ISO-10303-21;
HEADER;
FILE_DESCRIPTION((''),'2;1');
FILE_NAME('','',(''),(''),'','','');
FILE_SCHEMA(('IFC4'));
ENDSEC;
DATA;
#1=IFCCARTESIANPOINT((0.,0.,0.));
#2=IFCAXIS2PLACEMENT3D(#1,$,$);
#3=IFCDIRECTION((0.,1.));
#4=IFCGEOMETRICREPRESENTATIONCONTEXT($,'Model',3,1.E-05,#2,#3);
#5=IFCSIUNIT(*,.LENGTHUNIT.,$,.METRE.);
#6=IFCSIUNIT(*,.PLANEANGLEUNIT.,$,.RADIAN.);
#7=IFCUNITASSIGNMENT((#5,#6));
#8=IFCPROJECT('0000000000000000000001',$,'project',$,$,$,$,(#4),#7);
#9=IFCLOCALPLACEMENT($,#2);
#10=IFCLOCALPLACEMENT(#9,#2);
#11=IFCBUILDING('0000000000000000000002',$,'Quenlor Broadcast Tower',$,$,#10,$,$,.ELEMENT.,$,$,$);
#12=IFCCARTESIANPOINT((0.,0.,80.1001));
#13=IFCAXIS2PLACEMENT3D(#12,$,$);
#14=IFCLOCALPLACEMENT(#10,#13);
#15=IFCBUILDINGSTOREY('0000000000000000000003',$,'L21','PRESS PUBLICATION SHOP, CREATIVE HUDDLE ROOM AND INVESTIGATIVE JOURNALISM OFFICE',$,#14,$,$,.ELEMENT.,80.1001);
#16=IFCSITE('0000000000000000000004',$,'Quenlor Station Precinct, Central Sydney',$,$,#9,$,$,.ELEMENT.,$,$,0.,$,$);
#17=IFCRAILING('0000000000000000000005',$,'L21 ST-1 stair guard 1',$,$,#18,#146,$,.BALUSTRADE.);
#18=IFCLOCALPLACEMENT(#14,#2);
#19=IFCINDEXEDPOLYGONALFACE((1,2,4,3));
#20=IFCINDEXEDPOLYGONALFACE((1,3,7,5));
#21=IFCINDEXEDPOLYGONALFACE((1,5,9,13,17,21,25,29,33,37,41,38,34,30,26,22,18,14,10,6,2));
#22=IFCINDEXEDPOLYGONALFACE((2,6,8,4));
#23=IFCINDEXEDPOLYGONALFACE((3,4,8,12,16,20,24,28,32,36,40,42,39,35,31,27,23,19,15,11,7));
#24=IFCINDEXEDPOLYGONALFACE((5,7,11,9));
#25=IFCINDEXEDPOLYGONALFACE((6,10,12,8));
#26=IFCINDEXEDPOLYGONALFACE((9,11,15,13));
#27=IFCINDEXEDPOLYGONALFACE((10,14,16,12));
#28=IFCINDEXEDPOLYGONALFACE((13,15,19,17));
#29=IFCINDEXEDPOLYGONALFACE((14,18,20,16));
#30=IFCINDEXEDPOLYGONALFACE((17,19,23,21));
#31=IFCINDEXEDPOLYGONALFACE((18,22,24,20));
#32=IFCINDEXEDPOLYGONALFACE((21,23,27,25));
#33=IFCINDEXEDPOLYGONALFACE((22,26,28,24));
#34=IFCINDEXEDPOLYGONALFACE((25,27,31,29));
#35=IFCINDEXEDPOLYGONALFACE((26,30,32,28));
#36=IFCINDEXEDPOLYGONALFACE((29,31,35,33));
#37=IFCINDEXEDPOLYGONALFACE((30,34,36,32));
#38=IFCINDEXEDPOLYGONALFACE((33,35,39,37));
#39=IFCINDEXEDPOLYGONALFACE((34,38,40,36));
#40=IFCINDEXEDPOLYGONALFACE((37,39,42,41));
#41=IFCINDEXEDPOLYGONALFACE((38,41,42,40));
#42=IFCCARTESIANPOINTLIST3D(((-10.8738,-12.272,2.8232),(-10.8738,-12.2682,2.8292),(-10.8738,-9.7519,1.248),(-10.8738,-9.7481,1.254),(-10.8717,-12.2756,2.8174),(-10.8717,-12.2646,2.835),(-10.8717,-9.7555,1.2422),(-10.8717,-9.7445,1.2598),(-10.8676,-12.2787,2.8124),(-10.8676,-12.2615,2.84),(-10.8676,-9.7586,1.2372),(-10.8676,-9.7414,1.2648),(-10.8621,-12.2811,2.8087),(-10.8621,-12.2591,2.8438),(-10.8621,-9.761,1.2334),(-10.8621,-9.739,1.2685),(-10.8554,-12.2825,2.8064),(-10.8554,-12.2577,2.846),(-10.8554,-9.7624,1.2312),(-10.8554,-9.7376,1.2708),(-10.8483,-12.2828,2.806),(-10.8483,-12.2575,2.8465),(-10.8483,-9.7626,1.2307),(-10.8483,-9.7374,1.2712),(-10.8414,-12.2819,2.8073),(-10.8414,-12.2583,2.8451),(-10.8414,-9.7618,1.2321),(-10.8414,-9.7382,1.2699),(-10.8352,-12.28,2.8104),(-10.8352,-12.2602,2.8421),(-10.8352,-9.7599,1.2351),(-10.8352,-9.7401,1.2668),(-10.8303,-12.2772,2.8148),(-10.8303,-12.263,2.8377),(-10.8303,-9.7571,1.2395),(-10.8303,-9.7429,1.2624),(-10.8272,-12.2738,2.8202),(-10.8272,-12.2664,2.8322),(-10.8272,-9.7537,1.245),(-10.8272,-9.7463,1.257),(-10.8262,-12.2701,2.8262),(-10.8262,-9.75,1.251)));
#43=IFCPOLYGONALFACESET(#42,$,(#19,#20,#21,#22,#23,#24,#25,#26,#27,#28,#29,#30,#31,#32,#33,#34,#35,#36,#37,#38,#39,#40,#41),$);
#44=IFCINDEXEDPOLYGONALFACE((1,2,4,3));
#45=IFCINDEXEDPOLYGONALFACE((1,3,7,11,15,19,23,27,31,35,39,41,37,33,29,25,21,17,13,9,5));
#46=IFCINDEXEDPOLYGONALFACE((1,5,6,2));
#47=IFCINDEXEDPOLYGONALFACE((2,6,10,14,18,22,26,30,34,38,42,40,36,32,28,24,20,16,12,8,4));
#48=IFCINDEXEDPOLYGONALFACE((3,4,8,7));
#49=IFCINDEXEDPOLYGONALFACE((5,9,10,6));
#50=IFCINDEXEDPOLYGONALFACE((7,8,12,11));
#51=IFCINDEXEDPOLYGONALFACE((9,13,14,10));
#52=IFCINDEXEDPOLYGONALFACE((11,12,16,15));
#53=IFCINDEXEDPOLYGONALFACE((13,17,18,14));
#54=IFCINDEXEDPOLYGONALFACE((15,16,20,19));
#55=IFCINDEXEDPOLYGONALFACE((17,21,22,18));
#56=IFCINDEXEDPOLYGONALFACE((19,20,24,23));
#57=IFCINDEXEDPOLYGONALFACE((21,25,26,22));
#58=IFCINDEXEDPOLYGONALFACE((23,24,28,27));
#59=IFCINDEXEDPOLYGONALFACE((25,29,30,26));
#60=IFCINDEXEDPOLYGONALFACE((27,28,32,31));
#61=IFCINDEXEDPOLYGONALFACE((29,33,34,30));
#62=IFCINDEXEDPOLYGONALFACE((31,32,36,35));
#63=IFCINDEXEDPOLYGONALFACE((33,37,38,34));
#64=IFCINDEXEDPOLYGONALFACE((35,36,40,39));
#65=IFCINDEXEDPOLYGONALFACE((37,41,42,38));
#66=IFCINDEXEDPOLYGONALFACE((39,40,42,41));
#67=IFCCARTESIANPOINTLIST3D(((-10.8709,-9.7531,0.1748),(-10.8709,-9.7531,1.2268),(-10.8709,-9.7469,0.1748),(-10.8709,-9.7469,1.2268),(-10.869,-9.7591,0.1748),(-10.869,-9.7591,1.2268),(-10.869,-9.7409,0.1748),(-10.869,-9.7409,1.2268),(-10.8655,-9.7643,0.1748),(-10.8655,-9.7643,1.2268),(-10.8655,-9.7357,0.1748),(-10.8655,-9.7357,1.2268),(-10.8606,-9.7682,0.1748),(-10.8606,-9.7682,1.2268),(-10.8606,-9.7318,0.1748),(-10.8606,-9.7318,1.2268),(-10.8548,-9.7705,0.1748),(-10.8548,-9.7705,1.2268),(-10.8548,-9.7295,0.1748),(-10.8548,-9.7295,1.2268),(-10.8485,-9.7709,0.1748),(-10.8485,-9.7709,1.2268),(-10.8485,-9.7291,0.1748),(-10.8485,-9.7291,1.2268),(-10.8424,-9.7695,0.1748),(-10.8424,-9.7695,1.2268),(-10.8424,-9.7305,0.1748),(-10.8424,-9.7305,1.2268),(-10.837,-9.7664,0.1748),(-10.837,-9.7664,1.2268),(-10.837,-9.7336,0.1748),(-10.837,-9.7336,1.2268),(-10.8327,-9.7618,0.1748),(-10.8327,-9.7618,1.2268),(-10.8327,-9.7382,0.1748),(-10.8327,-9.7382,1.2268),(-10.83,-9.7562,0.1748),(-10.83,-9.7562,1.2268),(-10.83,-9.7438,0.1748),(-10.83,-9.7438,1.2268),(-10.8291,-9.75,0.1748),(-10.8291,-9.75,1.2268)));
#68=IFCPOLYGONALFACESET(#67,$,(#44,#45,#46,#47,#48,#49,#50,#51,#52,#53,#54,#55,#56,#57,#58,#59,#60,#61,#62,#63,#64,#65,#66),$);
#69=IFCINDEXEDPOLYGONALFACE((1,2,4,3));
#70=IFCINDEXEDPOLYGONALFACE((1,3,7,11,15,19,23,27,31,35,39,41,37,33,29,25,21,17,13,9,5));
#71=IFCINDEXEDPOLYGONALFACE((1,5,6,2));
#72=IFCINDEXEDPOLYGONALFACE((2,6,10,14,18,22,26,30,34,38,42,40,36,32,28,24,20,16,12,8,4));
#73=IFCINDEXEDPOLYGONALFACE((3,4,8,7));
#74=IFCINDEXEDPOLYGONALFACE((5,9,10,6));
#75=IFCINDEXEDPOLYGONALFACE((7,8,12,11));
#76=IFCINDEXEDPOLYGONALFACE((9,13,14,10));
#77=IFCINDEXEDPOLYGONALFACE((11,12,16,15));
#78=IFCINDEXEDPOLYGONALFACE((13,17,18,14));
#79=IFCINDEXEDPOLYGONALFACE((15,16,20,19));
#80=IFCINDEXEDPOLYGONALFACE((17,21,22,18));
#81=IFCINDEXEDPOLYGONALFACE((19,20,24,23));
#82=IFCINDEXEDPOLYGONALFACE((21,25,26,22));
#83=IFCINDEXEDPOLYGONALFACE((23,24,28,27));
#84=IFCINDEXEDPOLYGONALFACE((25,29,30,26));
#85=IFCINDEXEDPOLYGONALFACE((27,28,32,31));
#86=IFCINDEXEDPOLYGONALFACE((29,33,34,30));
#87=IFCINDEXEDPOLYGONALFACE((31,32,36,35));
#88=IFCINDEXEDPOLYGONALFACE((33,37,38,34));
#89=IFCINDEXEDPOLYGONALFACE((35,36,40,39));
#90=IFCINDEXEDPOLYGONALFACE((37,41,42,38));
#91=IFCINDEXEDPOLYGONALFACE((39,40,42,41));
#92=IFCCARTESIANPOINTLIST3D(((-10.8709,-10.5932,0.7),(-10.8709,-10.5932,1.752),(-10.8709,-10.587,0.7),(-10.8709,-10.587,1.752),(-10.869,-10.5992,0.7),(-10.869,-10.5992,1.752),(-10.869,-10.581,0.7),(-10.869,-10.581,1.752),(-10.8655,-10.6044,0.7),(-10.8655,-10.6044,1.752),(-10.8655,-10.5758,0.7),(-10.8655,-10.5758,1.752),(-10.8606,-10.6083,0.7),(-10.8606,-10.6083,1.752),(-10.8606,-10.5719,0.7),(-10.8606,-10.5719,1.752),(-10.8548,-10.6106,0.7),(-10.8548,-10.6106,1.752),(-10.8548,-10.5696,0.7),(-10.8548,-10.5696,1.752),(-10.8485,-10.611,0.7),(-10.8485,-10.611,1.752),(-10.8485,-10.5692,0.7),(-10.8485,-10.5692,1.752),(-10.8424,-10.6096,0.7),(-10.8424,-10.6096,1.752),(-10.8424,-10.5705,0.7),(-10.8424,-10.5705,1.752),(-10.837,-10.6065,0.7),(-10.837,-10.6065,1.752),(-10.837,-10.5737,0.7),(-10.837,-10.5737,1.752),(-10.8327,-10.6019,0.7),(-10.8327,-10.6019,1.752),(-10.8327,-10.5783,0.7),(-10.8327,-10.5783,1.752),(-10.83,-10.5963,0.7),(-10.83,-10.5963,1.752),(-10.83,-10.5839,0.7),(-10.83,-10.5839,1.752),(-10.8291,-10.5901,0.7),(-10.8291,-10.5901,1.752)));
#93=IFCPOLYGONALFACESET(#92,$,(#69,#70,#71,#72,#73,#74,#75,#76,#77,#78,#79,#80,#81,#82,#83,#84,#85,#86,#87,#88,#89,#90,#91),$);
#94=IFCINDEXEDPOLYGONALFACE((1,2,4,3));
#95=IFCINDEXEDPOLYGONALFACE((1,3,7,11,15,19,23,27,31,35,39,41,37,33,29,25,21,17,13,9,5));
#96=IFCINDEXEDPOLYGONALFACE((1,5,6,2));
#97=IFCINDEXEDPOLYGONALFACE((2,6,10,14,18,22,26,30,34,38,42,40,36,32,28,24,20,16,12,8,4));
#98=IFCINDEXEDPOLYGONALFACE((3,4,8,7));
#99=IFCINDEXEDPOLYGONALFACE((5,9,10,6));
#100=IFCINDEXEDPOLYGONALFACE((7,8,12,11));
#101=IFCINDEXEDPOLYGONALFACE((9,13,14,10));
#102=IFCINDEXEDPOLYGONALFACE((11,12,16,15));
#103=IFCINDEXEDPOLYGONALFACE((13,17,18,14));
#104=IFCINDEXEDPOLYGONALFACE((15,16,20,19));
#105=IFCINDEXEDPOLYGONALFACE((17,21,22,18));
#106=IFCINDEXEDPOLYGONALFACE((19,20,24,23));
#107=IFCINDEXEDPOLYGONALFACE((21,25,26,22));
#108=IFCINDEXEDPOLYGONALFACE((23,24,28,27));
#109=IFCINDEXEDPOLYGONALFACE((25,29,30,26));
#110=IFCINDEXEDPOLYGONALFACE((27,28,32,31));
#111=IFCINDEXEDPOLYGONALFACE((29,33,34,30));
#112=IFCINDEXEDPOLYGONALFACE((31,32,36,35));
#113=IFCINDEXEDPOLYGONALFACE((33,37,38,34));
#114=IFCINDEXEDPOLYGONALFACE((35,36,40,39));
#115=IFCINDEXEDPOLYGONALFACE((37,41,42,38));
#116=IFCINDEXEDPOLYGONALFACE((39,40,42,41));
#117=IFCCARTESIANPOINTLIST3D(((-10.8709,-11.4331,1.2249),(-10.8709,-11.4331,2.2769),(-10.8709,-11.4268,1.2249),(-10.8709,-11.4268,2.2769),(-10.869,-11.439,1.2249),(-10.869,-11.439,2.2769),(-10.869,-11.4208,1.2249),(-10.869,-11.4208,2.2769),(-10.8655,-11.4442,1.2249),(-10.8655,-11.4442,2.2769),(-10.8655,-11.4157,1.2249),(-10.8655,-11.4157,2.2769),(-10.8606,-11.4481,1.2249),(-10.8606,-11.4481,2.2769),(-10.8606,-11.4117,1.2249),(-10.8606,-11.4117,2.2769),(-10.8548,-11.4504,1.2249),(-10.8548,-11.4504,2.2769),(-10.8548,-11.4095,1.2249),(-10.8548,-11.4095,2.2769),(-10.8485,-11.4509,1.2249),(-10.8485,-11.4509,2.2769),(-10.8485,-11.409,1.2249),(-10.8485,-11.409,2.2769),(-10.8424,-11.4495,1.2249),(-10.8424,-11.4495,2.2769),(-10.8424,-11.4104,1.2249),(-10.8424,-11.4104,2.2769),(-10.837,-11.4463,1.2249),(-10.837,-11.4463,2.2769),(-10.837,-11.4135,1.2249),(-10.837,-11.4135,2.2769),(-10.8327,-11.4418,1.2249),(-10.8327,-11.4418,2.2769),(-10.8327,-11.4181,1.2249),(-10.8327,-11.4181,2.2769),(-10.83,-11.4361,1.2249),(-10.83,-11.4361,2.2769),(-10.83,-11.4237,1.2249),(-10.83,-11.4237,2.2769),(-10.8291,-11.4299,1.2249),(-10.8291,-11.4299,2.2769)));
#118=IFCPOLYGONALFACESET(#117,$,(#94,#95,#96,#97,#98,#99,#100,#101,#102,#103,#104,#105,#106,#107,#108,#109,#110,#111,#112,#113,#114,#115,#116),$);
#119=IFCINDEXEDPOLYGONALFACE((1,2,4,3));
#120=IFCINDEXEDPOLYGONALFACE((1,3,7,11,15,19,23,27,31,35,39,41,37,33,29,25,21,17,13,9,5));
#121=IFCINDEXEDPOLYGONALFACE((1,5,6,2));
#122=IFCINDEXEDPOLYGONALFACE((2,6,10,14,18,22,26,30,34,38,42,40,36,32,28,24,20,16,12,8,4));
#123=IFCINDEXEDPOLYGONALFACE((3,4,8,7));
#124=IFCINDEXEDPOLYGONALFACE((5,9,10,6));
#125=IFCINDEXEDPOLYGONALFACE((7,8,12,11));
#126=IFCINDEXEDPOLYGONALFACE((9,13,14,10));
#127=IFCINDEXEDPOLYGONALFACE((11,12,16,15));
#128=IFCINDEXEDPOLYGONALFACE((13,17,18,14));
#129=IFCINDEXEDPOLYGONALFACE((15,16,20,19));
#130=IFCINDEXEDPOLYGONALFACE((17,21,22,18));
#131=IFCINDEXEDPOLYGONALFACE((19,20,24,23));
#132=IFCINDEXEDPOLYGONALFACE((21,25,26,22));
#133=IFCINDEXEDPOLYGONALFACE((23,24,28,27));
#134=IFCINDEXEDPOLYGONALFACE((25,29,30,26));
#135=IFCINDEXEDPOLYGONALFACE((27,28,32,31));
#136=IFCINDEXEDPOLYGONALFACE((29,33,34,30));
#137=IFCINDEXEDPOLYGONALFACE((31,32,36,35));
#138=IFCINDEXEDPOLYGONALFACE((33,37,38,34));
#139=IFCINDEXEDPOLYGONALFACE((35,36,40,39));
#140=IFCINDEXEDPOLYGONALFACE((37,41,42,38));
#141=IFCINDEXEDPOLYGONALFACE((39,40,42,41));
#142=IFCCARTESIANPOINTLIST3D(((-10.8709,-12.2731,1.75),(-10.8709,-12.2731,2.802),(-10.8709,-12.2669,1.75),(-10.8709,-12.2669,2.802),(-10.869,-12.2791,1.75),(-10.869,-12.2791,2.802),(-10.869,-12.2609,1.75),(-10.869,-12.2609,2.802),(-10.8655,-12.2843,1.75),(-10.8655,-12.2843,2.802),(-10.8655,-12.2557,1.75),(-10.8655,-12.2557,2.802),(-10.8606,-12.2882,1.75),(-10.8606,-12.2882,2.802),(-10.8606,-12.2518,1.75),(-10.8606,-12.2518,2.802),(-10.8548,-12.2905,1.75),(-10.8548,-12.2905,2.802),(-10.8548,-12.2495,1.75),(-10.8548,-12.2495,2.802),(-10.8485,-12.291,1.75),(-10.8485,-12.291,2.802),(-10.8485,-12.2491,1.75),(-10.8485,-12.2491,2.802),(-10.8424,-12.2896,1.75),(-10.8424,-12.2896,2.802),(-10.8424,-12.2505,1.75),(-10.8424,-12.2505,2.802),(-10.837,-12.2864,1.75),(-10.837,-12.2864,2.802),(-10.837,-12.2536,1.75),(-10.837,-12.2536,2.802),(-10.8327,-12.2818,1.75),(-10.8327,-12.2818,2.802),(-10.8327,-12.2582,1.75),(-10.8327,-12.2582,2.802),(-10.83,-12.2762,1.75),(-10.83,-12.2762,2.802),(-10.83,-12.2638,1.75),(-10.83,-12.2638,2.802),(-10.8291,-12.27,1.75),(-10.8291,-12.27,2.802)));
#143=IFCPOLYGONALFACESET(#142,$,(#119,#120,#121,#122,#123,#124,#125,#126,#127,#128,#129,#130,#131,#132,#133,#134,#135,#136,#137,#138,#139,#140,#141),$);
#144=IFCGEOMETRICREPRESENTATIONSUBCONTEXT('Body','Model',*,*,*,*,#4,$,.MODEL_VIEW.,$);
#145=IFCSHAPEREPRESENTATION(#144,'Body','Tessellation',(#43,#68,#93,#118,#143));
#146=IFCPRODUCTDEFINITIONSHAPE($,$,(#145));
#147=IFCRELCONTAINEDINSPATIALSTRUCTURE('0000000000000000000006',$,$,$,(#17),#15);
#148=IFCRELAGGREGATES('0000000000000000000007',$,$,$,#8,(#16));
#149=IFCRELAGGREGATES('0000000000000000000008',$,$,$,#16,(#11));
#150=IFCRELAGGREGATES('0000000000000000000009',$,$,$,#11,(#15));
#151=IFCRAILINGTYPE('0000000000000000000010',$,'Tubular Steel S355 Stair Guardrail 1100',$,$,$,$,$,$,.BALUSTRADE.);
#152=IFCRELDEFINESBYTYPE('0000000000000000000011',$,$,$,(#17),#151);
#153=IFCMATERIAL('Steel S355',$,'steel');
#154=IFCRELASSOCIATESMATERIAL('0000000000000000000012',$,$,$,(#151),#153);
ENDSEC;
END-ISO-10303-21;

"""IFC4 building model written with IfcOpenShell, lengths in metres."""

from ifc_helpers import new_model, si_unit, direction, frame, origin, origin_2d, place, context, subcontext, project, spatial, circle, extrude, material, type_object, element, save


model = new_model("IFC4")

# Units and contexts
model_context = context("Model", 3, precision=1e-05, world=origin(), true_north=direction((0.0, 1.0)))
body_context = subcontext(model_context, "Body", "Model", "MODEL_VIEW")
ifc_project = project(units=[si_unit("LENGTHUNIT", "METRE"), si_unit("PLANEANGLEUNIT", "RADIAN")], contexts=[model_context])

# Site, building, storey
site_placement = place(None, origin())
site = spatial("IfcSite", under=ifc_project, at=site_placement, Name="Quenlor Station Precinct, Central Sydney", CompositionType="ELEMENT", RefElevation=0.0)
building_placement = place(site_placement, origin())
building = spatial("IfcBuilding", under=site, at=building_placement, Name="Quenlor Broadcast Tower", CompositionType="ELEMENT")
storey_placement = place(building_placement, frame((0.0, 0.0, 80.1001)))
storey = spatial("IfcBuildingStorey", under=building, at=storey_placement, Name="L21", Description="PRESS PUBLICATION SHOP, CREATIVE HUDDLE ROOM AND INVESTIGATIVE JOURNALISM OFFICE", CompositionType="ELEMENT", Elevation=80.1001)

# Railing
ifc_material_1 = material(Name="Steel S355", Category="steel")
railing_type_1 = type_object("IfcRailingType", Name="Tubular Steel S355 Stair Guardrail 1100", PredefinedType="BALUSTRADE", material=ifc_material_1)
railing_1_placement = place(storey_placement, frame((-10.8501, -9.75, 0.1748)))
element("IfcRailing", 1, at=railing_1_placement, inside=storey, type_object=railing_type_1, Name="L21 ST-1 stair guard 1", PredefinedType="BALUSTRADE", context=body_context, shape_type="SweptSolid", body=[
    extrude(circle(Radius=0.0239, at=origin_2d()), frame((0.0, 0.0, 1.0762), z_axis=(0.0, -0.847971, 0.530043), x_axis=(1.0, 0.0, 0.0)), (0.0, 0.0, 1.0), 2.9719),
    extrude(circle(Radius=0.021, at=origin_2d()), origin(), (0.0, 0.0, 1.0), 1.052),
    extrude(circle(Radius=0.021, at=origin_2d()), frame((0.0, -0.8401, 0.5251)), (0.0, 0.0, 1.0), 1.052),
    extrude(circle(Radius=0.021, at=origin_2d()), frame((0.0, -1.6799, 1.05)), (0.0, 0.0, 1.0), 1.052),
    extrude(circle(Radius=0.021, at=origin_2d()), frame((0.0, -2.52, 1.5752)), (0.0, 0.0, 1.0), 1.052),
])

save(model, "model.ifc")
